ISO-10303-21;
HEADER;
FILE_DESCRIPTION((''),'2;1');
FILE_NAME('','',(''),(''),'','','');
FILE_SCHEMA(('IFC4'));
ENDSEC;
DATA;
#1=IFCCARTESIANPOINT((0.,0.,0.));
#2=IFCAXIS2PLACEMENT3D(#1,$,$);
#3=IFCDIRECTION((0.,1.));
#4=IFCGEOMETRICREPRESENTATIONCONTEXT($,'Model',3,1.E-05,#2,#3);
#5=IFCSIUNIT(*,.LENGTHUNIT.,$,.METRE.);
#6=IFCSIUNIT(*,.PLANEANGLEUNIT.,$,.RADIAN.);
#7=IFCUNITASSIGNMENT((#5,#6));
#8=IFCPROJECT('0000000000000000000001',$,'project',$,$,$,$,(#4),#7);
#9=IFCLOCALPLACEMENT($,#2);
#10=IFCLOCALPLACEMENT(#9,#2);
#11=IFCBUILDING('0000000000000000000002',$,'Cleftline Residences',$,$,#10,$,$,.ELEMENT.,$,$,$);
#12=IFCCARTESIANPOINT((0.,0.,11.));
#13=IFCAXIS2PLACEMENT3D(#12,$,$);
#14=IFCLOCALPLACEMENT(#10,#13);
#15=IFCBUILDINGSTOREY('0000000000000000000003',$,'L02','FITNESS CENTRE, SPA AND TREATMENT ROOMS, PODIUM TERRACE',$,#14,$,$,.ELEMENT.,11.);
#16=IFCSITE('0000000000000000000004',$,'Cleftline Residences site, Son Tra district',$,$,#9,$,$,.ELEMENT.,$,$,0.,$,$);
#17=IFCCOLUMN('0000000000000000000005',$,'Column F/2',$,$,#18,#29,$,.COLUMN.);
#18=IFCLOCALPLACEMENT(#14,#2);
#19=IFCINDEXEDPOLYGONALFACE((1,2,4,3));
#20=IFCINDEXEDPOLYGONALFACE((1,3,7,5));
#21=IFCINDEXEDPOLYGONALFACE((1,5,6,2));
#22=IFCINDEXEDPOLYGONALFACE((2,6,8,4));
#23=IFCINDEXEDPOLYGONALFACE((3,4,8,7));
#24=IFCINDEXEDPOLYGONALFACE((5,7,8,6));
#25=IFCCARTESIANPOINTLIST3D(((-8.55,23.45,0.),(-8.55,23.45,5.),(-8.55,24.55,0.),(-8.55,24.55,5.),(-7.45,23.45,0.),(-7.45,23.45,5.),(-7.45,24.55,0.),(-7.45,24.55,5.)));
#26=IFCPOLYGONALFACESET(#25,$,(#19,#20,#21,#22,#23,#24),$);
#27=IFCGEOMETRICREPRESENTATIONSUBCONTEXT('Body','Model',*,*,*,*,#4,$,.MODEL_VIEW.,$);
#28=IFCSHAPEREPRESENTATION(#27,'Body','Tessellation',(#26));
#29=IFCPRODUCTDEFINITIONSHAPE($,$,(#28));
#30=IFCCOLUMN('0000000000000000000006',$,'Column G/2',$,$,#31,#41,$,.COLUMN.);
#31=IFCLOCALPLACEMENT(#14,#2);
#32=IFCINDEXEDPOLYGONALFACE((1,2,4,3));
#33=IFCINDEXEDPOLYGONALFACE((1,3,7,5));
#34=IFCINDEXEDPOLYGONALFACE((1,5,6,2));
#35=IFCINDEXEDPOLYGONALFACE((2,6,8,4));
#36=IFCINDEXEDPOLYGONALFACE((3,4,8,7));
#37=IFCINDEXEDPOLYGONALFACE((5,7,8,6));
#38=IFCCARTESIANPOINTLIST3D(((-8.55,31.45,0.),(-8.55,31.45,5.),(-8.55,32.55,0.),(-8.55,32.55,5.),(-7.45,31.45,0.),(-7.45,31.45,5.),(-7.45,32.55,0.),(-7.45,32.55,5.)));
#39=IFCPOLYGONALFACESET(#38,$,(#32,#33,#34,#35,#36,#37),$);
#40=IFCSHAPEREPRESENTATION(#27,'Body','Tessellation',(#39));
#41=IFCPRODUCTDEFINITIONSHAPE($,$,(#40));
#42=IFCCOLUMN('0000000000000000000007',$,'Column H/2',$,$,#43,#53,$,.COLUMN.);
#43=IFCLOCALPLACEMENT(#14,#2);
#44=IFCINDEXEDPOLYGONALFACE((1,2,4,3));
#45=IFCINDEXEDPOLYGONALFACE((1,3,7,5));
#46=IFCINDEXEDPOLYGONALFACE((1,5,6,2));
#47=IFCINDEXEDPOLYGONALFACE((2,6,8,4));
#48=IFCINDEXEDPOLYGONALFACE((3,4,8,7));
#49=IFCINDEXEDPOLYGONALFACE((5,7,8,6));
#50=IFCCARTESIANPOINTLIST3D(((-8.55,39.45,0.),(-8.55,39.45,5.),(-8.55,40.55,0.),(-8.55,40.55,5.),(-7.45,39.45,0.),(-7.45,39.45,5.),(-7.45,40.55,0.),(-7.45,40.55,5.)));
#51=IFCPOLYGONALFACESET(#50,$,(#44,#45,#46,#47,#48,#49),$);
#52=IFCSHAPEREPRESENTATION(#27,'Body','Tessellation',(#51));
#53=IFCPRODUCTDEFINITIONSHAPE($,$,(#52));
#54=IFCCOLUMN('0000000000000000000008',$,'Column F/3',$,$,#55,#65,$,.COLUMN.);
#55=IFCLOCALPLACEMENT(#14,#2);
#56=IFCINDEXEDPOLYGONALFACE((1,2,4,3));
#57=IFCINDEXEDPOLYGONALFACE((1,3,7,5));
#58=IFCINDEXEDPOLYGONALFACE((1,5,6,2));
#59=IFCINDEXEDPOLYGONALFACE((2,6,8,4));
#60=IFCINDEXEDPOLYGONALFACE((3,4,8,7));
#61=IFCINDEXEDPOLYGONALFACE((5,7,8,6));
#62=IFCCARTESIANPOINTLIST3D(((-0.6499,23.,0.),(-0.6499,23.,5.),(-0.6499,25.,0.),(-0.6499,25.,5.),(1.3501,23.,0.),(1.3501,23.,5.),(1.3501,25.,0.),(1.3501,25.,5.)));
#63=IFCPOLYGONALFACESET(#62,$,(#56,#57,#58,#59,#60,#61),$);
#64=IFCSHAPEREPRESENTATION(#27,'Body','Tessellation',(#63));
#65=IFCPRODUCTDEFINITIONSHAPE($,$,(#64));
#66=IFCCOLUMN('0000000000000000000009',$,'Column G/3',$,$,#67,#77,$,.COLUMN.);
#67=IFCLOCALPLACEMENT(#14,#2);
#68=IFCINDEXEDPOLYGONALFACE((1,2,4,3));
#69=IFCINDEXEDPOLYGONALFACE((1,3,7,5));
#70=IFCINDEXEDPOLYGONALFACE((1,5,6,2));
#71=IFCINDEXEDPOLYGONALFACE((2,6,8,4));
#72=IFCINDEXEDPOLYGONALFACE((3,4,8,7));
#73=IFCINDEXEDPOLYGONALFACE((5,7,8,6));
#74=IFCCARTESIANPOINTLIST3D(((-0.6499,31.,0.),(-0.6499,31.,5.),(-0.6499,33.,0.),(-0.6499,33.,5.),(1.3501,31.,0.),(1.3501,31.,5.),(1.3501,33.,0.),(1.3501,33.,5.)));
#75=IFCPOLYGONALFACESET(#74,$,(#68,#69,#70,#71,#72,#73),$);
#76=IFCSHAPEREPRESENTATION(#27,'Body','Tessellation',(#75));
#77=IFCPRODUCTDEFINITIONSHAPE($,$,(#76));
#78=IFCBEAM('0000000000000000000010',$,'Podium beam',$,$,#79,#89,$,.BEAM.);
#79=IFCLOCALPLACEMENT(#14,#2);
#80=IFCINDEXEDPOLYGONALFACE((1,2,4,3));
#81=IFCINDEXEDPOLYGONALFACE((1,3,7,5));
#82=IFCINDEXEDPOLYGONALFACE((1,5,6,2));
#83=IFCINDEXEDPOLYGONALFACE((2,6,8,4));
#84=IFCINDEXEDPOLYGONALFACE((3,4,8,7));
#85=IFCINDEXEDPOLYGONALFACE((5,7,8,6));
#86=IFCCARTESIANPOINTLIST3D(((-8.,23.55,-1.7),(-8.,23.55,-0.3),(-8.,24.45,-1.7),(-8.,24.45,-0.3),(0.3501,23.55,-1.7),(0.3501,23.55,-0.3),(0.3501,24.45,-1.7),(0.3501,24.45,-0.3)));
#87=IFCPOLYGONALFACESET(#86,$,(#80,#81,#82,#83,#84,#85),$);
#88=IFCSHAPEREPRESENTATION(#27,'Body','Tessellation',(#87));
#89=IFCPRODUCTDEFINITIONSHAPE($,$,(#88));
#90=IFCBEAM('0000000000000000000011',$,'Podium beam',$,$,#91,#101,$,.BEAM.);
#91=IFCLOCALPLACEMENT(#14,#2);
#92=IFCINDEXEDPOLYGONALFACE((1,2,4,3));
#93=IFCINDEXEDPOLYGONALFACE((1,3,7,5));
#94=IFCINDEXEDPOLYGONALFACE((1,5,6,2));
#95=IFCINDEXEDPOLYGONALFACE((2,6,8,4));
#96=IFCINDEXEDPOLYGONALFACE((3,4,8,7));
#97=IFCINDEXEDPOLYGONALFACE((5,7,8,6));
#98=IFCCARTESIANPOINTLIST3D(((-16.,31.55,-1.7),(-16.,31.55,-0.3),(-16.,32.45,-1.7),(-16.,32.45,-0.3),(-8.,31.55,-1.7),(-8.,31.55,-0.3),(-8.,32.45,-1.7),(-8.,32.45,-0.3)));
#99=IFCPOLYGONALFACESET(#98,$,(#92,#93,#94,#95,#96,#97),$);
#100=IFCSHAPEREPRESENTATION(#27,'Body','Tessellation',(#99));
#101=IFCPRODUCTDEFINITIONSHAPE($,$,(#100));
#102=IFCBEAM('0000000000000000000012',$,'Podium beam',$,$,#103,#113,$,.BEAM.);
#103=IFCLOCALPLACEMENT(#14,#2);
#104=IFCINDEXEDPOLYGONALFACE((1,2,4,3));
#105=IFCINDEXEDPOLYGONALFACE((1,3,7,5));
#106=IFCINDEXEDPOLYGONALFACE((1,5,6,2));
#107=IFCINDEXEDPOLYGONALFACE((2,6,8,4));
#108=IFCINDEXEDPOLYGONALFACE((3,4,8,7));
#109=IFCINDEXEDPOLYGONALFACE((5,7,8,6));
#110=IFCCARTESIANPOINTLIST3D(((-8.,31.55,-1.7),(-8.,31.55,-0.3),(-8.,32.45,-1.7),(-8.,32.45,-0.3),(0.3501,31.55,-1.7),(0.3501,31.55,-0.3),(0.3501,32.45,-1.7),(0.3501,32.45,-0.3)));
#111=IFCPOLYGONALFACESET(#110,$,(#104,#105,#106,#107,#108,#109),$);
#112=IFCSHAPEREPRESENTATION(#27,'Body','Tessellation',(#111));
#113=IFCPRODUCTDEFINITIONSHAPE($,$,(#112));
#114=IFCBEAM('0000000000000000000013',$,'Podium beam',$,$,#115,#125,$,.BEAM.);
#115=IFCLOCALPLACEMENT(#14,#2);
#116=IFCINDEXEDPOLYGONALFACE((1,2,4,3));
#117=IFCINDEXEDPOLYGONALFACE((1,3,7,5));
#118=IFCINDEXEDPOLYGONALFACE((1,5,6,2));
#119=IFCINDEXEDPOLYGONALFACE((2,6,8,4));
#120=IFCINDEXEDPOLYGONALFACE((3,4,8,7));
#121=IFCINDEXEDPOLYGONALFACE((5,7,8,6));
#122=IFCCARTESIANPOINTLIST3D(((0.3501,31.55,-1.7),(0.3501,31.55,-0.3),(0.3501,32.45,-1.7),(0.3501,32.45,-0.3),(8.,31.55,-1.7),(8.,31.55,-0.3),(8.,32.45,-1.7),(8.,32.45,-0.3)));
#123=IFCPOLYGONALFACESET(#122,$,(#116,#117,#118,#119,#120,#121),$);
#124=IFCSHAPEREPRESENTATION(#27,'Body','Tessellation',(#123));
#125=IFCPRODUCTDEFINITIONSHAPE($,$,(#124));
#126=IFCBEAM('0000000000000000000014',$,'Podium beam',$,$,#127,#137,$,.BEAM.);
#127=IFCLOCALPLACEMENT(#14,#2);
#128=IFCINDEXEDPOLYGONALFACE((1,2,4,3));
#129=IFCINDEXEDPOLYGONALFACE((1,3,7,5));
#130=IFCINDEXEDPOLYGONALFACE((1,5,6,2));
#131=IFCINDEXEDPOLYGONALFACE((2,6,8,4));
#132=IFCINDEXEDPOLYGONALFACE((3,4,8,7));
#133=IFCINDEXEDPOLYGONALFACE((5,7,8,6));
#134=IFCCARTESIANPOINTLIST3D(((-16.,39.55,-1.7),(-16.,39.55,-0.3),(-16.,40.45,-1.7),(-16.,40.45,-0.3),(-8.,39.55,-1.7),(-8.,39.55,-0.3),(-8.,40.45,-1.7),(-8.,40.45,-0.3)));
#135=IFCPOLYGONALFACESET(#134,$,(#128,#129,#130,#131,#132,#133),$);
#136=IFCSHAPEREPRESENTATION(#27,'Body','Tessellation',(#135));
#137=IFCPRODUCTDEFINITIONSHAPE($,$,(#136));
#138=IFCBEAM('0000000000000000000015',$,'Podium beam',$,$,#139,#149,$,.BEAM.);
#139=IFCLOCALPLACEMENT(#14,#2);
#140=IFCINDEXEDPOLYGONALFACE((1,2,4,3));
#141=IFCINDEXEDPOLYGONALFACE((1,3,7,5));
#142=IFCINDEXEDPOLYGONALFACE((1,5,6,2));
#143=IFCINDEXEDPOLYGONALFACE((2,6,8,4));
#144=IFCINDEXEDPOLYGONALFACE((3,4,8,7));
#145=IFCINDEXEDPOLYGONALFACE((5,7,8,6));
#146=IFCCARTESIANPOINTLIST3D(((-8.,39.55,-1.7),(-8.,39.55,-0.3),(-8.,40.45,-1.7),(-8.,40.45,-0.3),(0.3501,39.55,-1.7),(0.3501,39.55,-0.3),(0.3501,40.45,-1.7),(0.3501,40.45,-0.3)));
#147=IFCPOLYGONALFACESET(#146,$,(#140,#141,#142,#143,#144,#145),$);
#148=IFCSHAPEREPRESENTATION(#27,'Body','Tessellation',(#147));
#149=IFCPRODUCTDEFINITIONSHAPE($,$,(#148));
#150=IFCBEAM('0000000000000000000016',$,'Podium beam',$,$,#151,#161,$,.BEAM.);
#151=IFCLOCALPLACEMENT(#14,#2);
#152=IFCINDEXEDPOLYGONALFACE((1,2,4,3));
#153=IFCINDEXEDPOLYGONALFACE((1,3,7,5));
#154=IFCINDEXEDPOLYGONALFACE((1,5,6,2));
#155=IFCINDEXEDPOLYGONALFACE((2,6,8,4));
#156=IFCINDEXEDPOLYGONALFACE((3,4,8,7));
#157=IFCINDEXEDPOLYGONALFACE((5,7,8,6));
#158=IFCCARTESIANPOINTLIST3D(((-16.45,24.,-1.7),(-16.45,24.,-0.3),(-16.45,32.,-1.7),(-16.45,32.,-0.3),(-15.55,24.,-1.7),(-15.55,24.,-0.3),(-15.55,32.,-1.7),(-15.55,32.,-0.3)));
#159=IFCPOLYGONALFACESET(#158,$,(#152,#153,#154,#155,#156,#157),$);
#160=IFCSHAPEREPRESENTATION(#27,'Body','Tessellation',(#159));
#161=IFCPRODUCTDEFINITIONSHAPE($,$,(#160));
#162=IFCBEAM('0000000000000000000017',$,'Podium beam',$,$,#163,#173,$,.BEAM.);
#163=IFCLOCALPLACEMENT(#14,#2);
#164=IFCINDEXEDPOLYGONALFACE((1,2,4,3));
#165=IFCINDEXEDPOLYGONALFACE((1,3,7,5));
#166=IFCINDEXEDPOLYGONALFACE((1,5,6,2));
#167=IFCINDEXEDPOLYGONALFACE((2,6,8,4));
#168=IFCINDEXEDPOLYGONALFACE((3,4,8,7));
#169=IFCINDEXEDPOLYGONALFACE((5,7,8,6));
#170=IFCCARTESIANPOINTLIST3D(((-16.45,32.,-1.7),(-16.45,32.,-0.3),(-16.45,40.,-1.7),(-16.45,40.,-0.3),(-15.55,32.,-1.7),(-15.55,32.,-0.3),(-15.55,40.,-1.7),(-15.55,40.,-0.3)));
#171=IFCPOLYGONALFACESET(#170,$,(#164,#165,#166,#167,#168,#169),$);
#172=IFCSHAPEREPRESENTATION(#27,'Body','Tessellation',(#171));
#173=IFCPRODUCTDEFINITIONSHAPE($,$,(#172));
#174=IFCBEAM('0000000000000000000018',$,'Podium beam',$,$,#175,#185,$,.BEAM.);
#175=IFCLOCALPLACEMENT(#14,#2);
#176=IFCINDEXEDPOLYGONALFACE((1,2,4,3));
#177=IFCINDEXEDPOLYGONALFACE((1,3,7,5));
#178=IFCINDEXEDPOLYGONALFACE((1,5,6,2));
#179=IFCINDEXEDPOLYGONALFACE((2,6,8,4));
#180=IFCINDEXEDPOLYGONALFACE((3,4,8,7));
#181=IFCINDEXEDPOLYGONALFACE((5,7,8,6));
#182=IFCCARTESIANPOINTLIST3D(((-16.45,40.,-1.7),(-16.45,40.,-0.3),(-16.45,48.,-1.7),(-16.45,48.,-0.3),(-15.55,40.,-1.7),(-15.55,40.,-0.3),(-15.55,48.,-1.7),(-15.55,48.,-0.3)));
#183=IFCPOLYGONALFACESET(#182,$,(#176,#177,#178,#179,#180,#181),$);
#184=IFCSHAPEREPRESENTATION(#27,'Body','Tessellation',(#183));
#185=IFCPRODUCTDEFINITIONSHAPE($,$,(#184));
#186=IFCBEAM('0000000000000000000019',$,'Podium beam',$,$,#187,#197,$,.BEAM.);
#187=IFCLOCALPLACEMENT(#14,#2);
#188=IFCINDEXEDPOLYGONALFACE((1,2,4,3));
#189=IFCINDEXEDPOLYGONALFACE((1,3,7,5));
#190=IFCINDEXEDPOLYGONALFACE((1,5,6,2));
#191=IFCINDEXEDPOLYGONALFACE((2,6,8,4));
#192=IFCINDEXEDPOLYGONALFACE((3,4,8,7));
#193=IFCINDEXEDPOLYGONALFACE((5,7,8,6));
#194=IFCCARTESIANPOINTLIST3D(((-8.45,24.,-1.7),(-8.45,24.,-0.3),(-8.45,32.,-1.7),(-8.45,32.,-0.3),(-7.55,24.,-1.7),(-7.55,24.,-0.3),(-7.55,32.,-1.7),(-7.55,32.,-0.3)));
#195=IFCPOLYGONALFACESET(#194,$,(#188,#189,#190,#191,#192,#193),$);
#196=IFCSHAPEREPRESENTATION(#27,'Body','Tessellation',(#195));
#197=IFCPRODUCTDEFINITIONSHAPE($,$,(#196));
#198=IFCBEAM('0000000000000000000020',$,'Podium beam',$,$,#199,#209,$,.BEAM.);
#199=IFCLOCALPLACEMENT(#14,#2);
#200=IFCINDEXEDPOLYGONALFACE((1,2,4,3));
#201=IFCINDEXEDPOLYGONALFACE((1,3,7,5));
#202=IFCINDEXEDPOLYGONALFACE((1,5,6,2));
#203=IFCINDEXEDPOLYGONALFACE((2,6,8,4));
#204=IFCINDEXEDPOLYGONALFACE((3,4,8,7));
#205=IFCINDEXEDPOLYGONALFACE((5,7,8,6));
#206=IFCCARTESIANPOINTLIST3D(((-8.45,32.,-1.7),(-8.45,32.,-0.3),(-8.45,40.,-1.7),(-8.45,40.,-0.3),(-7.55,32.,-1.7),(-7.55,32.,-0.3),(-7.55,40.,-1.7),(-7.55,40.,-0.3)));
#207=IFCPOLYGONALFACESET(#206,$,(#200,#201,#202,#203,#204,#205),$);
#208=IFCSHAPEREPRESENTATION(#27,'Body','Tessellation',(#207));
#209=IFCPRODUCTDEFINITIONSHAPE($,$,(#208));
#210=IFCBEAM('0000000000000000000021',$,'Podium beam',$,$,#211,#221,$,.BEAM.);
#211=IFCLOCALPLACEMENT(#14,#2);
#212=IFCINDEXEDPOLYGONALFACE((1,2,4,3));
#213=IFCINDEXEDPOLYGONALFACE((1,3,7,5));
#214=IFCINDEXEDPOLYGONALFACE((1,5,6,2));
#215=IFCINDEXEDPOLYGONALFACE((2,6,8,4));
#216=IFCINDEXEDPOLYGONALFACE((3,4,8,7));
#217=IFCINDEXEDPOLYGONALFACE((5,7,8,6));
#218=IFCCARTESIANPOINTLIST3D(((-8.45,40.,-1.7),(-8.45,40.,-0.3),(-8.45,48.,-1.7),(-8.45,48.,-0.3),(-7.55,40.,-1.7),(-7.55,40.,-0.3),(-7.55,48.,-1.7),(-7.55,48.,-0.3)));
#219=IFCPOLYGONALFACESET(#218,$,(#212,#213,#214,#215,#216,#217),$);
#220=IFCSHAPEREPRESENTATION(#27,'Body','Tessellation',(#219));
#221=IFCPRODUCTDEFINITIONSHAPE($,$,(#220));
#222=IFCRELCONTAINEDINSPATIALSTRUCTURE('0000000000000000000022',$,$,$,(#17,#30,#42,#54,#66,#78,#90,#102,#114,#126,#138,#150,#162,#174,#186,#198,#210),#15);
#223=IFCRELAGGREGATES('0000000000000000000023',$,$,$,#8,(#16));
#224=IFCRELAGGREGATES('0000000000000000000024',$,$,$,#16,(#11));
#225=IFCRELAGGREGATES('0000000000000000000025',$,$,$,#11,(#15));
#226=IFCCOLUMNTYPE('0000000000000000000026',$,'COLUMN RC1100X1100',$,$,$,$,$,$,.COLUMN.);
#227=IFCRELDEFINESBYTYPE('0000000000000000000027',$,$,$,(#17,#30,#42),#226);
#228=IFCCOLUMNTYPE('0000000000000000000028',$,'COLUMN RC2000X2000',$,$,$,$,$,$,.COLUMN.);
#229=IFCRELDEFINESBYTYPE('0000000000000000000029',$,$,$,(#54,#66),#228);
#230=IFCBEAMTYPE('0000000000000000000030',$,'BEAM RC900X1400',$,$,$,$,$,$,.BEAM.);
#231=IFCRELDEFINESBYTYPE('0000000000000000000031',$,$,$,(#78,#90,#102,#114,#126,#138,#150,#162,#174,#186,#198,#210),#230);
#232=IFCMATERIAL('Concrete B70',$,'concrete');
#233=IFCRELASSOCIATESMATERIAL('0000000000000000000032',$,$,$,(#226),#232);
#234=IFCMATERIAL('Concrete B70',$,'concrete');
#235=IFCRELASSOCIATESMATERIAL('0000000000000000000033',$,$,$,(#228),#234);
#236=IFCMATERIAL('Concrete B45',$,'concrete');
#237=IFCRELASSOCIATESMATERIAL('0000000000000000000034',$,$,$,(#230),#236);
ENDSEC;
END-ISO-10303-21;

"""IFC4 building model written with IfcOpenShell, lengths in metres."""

from ifc_helpers import new_model, si_unit, direction, frame, origin, origin_2d, place, context, subcontext, project, spatial, rectangle, extrude, material, material_profile, profile_set, type_object, element, save


model = new_model("IFC4")

# Units and contexts
model_context = context("Model", 3, precision=1e-05, world=origin(), true_north=direction((0.0, 1.0)))
body_context = subcontext(model_context, "Body", "Model", "MODEL_VIEW")
ifc_project = project(units=[si_unit("LENGTHUNIT", "METRE"), si_unit("PLANEANGLEUNIT", "RADIAN")], contexts=[model_context])

# Site, building, storey
site_placement = place(None, origin())
site = spatial("IfcSite", under=ifc_project, at=site_placement, Name="Cleftline Residences site, Son Tra district", CompositionType="ELEMENT", RefElevation=0.0)
building_placement = place(site_placement, origin())
building = spatial("IfcBuilding", under=site, at=building_placement, Name="Cleftline Residences", CompositionType="ELEMENT")
storey_placement = place(building_placement, frame((0.0, 0.0, 11.0)))
storey = spatial("IfcBuildingStorey", under=building, at=storey_placement, Name="L02", Description="FITNESS CENTRE, SPA AND TREATMENT ROOMS, PODIUM TERRACE", CompositionType="ELEMENT", Elevation=11.0)

# Columns
ifc_material_1 = material(Name="Concrete B70", Category="concrete")
ifc_material_profile_1 = material_profile(ifc_material_1, rectangle(XDim=1.1001, YDim=1.1001, at=origin_2d()))
ifc_profile_set_1 = profile_set([ifc_material_profile_1], Name="Concrete B70")
column_type_1 = type_object("IfcColumnType", Name="COLUMN RC1100X1100", PredefinedType="COLUMN", material=ifc_profile_set_1)
for number, where, z_axis, x_axis, name in (
    (1, (-8.0, 24.0, 0.0), (0.0, 0.0, 1.0), (1.0, 0.0, 0.0), "Column F/2"),
    (2, (-8.0, 32.0, 0.0), (0.0, 0.0, 1.0), (1.0, 0.0, 0.0), "Column G/2"),
    (3, (-8.0, 40.0, 0.0), (0.0, 0.0, 1.0), (1.0, 0.0, 0.0), "Column H/2"),
):
    element("IfcColumn", number, at=place(storey_placement, frame(where, z_axis=z_axis, x_axis=x_axis)), inside=storey, type_object=column_type_1, Name=name, PredefinedType="COLUMN", context=body_context, shape_type="SweptSolid", body=[
        extrude(rectangle(XDim=1.1001, YDim=1.1001, at=origin_2d()), origin(), (0.0, 0.0, 1.0), 5.0),
    ])
ifc_material_2 = material(Name="Concrete B70", Category="concrete")
ifc_material_profile_2 = material_profile(ifc_material_2, rectangle(XDim=2.0, YDim=2.0, at=origin_2d()))
ifc_profile_set_2 = profile_set([ifc_material_profile_2], Name="Concrete B70")
column_type_2 = type_object("IfcColumnType", Name="COLUMN RC2000X2000", PredefinedType="COLUMN", material=ifc_profile_set_2)
for number, where, z_axis, x_axis, name in (
    (4, (0.3501, 24.0, 0.0), (0.0, 0.0, 1.0), (1.0, 0.0, 0.0), "Column F/3"),
    (5, (0.3501, 32.0, 0.0), (0.0, 0.0, 1.0), (1.0, 0.0, 0.0), "Column G/3"),
):
    element("IfcColumn", number, at=place(storey_placement, frame(where, z_axis=z_axis, x_axis=x_axis)), inside=storey, type_object=column_type_2, Name=name, PredefinedType="COLUMN", context=body_context, shape_type="SweptSolid", body=[
        extrude(rectangle(XDim=2.0, YDim=2.0, at=origin_2d()), origin(), (0.0, 0.0, 1.0), 5.0),
    ])

# Beams
ifc_material_3 = material(Name="Concrete B45", Category="concrete")
ifc_material_profile_3 = material_profile(ifc_material_3, rectangle(XDim=0.8999, YDim=1.3999, at=origin_2d()))
ifc_profile_set_3 = profile_set([ifc_material_profile_3], Name="Concrete B45")
beam_type = type_object("IfcBeamType", Name="BEAM RC900X1400", PredefinedType="BEAM", material=ifc_profile_set_3)
beam_1_placement = place(storey_placement, frame((-8.0, 24.0, -1.0), z_axis=(1.0, 0.0, 0.0), x_axis=(0.0, 1.0, 0.0)))
element("IfcBeam", 6, at=beam_1_placement, inside=storey, type_object=beam_type, Name="Podium beam", PredefinedType="BEAM", context=body_context, shape_type="SweptSolid", body=[
    extrude(rectangle(XDim=0.8999, YDim=1.3999, at=origin_2d()), origin(), (0.0, 0.0, 1.0), 8.3501),
])
beam_2_placement = place(storey_placement, frame((-16.0, 32.0, -1.0), z_axis=(1.0, 0.0, 0.0), x_axis=(0.0, 1.0, 0.0)))
element("IfcBeam", 7, at=beam_2_placement, inside=storey, type_object=beam_type, Name="Podium beam", PredefinedType="BEAM", context=body_context, shape_type="SweptSolid", body=[
    extrude(rectangle(XDim=0.8999, YDim=1.3999, at=origin_2d()), origin(), (0.0, 0.0, 1.0), 8.0),
])
beam_3_placement = place(storey_placement, frame((-8.0, 32.0, -1.0), z_axis=(1.0, 0.0, 0.0), x_axis=(0.0, 1.0, 0.0)))
element("IfcBeam", 8, at=beam_3_placement, inside=storey, type_object=beam_type, Name="Podium beam", PredefinedType="BEAM", context=body_context, shape_type="SweptSolid", body=[
    extrude(rectangle(XDim=0.8999, YDim=1.3999, at=origin_2d()), origin(), (0.0, 0.0, 1.0), 8.3501),
])
beam_4_placement = place(storey_placement, frame((0.3501, 32.0, -1.0), z_axis=(1.0, 0.0, 0.0), x_axis=(0.0, 1.0, 0.0)))
element("IfcBeam", 9, at=beam_4_placement, inside=storey, type_object=beam_type, Name="Podium beam", PredefinedType="BEAM", context=body_context, shape_type="SweptSolid", body=[
    extrude(rectangle(XDim=0.8999, YDim=1.3999, at=origin_2d()), origin(), (0.0, 0.0, 1.0), 7.6499),
])
beam_5_placement = place(storey_placement, frame((-16.0, 40.0, -1.0), z_axis=(1.0, 0.0, 0.0), x_axis=(0.0, 1.0, 0.0)))
element("IfcBeam", 10, at=beam_5_placement, inside=storey, type_object=beam_type, Name="Podium beam", PredefinedType="BEAM", context=body_context, shape_type="SweptSolid", body=[
    extrude(rectangle(XDim=0.8999, YDim=1.3999, at=origin_2d()), origin(), (0.0, 0.0, 1.0), 8.0),
])
beam_6_placement = place(storey_placement, frame((-8.0, 40.0, -1.0), z_axis=(1.0, 0.0, 0.0), x_axis=(0.0, 1.0, 0.0)))
element("IfcBeam", 11, at=beam_6_placement, inside=storey, type_object=beam_type, Name="Podium beam", PredefinedType="BEAM", context=body_context, shape_type="SweptSolid", body=[
    extrude(rectangle(XDim=0.8999, YDim=1.3999, at=origin_2d()), origin(), (0.0, 0.0, 1.0), 8.3501),
])
for number, where, z_axis, x_axis, name in (
    (12, (-16.0, 24.0, -1.0), (0.0, 1.0, 0.0), (-1.0, 0.0, 0.0), "Podium beam"),
    (13, (-16.0, 32.0, -1.0), (0.0, 1.0, 0.0), (-1.0, 0.0, 0.0), "Podium beam"),
    (14, (-16.0, 40.0, -1.0), (0.0, 1.0, 0.0), (-1.0, 0.0, 0.0), "Podium beam"),
    (15, (-8.0, 24.0, -1.0), (0.0, 1.0, 0.0), (-1.0, 0.0, 0.0), "Podium beam"),
    (16, (-8.0, 32.0, -1.0), (0.0, 1.0, 0.0), (-1.0, 0.0, 0.0), "Podium beam"),
    (17, (-8.0, 40.0, -1.0), (0.0, 1.0, 0.0), (-1.0, 0.0, 0.0), "Podium beam"),
):
    element("IfcBeam", number, at=place(storey_placement, frame(where, z_axis=z_axis, x_axis=x_axis)), inside=storey, type_object=beam_type, Name=name, PredefinedType="BEAM", context=body_context, shape_type="SweptSolid", body=[
        extrude(rectangle(XDim=0.8999, YDim=1.3999, at=origin_2d()), origin(), (0.0, 0.0, 1.0), 8.0),
    ])

save(model, "model.ifc")
